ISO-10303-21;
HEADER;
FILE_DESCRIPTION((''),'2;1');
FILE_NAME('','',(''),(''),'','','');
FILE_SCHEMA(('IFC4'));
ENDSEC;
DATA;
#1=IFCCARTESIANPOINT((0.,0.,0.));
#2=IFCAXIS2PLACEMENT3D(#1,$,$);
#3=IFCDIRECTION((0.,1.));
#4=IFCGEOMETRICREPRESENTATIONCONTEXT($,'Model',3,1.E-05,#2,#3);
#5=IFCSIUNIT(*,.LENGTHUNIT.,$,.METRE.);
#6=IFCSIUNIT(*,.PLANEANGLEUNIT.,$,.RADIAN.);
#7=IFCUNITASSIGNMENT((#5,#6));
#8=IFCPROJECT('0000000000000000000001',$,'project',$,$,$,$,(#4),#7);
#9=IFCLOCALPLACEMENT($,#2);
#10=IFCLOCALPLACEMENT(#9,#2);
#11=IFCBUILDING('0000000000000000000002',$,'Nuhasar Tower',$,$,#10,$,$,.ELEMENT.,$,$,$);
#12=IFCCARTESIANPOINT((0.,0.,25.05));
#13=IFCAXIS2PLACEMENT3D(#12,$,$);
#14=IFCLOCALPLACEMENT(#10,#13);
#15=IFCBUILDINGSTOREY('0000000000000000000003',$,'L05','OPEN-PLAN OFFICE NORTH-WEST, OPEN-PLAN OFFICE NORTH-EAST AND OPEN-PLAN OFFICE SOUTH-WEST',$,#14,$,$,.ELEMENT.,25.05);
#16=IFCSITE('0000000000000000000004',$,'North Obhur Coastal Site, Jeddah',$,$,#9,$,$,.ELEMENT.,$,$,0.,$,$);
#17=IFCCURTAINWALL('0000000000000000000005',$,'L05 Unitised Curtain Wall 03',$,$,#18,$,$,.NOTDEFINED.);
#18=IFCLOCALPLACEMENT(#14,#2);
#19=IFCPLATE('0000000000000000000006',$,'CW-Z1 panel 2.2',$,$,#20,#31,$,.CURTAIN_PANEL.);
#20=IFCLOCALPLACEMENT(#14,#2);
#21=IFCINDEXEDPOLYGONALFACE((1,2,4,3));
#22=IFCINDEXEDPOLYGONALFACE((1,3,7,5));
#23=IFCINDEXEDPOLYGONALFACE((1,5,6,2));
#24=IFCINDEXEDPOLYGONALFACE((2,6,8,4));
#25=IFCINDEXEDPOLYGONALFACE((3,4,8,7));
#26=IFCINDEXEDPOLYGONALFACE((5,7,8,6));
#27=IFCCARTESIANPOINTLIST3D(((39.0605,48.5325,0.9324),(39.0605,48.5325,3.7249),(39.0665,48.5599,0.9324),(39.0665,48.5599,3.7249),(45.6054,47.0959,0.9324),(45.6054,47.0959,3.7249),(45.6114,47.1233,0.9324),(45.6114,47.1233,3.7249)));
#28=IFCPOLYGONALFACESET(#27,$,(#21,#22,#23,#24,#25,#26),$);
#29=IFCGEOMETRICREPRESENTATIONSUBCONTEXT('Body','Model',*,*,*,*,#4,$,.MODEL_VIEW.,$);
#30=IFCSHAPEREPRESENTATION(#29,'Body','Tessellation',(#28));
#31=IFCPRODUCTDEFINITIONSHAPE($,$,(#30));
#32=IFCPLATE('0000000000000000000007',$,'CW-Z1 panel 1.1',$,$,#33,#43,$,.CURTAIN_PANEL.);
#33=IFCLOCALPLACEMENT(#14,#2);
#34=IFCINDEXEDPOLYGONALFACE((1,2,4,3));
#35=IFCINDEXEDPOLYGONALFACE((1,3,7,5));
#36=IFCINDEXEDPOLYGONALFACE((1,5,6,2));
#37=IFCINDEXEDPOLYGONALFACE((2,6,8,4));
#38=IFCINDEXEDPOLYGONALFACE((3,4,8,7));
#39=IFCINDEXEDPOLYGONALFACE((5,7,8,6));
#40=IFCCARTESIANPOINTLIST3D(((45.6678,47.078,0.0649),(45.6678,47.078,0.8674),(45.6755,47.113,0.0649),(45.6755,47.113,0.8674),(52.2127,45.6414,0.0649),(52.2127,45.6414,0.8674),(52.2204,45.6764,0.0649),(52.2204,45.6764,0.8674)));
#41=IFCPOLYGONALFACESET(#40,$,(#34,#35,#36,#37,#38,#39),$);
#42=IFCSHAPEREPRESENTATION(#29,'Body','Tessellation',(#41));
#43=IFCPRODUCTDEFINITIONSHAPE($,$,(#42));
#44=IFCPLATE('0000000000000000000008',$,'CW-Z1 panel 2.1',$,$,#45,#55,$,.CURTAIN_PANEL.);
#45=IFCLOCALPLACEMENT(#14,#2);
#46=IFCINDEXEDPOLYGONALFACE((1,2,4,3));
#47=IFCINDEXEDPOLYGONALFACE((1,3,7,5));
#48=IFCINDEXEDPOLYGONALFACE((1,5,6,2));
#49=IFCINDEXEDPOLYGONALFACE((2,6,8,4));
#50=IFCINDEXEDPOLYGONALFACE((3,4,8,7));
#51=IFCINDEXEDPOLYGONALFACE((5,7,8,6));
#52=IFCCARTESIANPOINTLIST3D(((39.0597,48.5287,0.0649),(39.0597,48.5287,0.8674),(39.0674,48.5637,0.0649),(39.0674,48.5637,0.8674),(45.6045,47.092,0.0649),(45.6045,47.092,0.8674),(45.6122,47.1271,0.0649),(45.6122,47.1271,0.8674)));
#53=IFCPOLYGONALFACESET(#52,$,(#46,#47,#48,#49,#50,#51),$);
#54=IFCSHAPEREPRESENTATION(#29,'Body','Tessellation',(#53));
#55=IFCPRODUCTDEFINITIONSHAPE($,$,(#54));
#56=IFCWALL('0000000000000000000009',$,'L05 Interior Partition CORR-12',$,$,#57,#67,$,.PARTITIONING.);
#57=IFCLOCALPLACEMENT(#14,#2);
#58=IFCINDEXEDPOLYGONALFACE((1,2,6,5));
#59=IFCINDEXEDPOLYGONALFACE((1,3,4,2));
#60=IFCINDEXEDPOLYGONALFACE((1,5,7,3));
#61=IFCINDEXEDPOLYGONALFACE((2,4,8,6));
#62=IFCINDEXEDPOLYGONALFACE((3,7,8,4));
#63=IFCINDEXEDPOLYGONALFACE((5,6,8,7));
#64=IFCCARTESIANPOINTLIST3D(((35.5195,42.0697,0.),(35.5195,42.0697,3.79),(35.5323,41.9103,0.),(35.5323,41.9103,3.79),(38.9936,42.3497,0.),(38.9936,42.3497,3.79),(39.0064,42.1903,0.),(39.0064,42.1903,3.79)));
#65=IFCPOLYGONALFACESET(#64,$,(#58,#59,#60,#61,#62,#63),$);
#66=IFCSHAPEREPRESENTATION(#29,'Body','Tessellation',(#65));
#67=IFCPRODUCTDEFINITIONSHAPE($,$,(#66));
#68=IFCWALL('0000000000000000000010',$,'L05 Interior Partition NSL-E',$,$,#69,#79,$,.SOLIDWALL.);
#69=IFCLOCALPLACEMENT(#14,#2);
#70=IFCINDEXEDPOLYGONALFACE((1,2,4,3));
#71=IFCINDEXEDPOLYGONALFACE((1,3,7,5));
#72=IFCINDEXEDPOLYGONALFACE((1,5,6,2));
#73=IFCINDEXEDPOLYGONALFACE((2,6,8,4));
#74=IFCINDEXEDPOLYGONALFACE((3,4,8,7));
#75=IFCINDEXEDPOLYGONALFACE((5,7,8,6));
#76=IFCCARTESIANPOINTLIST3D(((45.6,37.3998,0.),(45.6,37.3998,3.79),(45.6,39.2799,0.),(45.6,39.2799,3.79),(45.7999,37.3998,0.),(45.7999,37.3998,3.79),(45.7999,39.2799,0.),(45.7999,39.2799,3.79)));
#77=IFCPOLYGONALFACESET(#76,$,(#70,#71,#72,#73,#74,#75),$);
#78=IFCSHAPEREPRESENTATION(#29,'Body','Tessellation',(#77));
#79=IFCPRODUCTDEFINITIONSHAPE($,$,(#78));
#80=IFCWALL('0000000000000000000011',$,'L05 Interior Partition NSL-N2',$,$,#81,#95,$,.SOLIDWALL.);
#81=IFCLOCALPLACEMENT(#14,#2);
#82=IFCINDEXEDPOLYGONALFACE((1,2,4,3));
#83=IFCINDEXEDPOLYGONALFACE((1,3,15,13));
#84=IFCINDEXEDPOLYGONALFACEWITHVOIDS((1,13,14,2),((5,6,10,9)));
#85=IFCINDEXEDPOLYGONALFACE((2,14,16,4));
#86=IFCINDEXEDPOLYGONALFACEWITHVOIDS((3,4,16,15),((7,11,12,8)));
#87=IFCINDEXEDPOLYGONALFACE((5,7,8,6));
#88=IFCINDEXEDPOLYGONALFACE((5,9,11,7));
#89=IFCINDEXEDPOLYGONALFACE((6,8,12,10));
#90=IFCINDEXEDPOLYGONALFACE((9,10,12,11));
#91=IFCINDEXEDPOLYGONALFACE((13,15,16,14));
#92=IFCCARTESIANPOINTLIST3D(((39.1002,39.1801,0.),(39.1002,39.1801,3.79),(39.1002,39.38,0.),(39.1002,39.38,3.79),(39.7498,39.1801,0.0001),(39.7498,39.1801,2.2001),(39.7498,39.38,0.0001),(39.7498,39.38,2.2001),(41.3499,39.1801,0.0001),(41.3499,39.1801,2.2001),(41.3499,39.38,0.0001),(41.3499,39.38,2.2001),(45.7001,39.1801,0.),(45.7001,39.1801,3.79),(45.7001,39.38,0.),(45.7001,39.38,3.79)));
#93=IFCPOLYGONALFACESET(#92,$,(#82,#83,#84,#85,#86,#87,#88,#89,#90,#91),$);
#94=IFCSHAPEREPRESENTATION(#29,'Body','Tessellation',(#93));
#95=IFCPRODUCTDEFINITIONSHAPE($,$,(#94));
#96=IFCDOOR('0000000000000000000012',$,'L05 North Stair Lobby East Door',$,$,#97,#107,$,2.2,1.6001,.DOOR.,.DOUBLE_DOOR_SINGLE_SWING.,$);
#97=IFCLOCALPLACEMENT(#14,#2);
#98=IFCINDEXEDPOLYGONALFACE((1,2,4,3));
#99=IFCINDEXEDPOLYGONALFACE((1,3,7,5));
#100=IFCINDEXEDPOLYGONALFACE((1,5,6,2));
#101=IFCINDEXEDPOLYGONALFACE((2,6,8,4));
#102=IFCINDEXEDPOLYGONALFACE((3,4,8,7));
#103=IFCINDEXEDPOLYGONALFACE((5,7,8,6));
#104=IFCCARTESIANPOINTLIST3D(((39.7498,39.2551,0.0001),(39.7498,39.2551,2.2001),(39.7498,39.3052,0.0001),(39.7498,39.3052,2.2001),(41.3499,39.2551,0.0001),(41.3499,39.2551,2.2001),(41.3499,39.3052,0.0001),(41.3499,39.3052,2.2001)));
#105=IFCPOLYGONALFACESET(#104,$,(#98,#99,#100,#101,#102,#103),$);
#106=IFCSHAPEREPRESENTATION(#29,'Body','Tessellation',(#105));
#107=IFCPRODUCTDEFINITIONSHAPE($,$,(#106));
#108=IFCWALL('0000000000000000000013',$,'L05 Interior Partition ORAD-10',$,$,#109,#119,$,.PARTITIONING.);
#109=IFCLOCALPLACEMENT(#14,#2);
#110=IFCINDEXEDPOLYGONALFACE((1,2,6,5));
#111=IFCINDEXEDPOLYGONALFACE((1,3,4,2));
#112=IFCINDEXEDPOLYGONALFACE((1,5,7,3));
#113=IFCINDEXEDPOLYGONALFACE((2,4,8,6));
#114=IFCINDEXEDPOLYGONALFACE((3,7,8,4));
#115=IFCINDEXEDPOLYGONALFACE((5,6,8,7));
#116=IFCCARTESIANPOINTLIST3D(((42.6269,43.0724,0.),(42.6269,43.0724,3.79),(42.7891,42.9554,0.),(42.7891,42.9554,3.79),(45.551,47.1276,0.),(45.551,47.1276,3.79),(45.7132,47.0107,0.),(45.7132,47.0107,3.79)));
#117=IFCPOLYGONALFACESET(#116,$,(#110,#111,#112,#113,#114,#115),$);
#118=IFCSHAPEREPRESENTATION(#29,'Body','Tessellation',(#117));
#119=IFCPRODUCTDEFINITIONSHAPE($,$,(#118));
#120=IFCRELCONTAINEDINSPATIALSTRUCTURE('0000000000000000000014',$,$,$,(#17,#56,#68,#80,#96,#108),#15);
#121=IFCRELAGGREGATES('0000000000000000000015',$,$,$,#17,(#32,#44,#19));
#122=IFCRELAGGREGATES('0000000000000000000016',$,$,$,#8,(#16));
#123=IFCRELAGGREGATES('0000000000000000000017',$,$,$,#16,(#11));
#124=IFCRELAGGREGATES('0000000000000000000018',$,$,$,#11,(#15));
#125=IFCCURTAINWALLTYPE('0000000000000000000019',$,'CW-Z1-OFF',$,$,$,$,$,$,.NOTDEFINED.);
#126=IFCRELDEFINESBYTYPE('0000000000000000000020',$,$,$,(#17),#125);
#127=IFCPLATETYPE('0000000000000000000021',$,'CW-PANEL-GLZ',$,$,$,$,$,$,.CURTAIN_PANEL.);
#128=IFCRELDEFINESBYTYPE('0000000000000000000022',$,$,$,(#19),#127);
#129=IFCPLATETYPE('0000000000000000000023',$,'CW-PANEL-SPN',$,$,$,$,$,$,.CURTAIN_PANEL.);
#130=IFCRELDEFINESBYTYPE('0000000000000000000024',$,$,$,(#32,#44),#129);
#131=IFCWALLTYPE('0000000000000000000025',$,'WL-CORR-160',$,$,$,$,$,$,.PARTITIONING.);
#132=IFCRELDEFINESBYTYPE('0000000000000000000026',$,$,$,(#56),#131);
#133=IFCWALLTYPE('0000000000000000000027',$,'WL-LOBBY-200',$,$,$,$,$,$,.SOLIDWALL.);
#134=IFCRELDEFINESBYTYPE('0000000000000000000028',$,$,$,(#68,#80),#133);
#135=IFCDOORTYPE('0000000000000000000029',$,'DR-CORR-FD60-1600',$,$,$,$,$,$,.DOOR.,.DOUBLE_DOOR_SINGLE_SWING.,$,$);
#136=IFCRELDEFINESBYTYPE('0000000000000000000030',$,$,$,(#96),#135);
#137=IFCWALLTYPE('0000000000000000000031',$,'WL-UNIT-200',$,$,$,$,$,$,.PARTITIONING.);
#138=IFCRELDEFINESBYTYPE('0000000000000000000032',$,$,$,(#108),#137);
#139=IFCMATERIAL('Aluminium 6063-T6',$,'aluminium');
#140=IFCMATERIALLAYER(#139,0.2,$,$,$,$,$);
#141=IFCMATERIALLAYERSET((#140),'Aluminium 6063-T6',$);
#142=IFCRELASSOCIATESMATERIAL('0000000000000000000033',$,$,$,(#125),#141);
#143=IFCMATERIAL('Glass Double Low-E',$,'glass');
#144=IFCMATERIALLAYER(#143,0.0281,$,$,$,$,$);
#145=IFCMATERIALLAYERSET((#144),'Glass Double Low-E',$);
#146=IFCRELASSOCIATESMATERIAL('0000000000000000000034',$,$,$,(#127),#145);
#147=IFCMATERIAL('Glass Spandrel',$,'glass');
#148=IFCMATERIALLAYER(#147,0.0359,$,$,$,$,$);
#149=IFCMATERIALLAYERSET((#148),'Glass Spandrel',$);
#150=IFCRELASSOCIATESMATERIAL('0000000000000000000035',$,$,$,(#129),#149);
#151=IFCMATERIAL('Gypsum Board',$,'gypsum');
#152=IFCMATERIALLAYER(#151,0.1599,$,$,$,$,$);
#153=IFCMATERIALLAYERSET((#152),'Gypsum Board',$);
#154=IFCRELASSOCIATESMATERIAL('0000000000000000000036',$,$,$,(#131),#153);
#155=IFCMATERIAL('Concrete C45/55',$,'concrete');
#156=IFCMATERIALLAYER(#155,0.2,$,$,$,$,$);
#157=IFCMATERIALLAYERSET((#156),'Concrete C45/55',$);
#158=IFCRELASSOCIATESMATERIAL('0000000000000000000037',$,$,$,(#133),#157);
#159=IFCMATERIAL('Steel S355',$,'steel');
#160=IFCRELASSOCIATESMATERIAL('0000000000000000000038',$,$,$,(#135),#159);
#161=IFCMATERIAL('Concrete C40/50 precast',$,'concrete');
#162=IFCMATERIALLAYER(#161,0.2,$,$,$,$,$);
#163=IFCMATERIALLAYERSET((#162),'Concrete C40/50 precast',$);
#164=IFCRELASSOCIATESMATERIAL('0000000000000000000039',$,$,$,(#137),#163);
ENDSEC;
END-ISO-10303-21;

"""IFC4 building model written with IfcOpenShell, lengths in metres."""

from ifc_helpers import new_model, si_unit, direction, frame, frame_2d, origin, origin_2d, place, context, subcontext, project, spatial, rectangle, extrude, material, layer, layer_set, type_object, element, fill, aggregate, save


model = new_model("IFC4")

# Units and contexts
model_context = context("Model", 3, precision=1e-05, world=origin(), true_north=direction((0.0, 1.0)))
body_context = subcontext(model_context, "Body", "Model", "MODEL_VIEW")
ifc_project = project(units=[si_unit("LENGTHUNIT", "METRE"), si_unit("PLANEANGLEUNIT", "RADIAN")], contexts=[model_context])

# Site, building, storey
site_placement = place(None, origin())
site = spatial("IfcSite", under=ifc_project, at=site_placement, Name="North Obhur Coastal Site, Jeddah", CompositionType="ELEMENT", RefElevation=0.0)
building_placement = place(site_placement, origin())
building = spatial("IfcBuilding", under=site, at=building_placement, Name="Nuhasar Tower", CompositionType="ELEMENT")
storey_placement = place(building_placement, frame((0.0, 0.0, 25.05)))
storey = spatial("IfcBuildingStorey", under=building, at=storey_placement, Name="L05", Description="OPEN-PLAN OFFICE NORTH-WEST, OPEN-PLAN OFFICE NORTH-EAST AND OPEN-PLAN OFFICE SOUTH-WEST", CompositionType="ELEMENT", Elevation=25.05)

# Shared definitions
ifc_material_1 = material(Name="Steel S355", Category="steel")

# Curtain wall
ifc_material_2 = material(Name="Aluminium 6063-T6", Category="aluminium")
ifc_layer_1 = layer(ifc_material_2, 0.2)
ifc_layer_set_1 = layer_set([ifc_layer_1], Name="Aluminium 6063-T6")
curtain_wall_type = type_object("IfcCurtainWallType", Name="CW-Z1-OFF", PredefinedType="NOTDEFINED", material=ifc_layer_set_1)
curtain_wall_placement = place(storey_placement, origin())
curtain_wall = element("IfcCurtainWall", 1, at=curtain_wall_placement, inside=storey, type_object=curtain_wall_type, Name="L05 Unitised Curtain Wall 03", PredefinedType="NOTDEFINED")

# Plates
ifc_material_3 = material(Name="Glass Double Low-E", Category="glass")
ifc_layer_2 = layer(ifc_material_3, 0.0281)
ifc_layer_set_2 = layer_set([ifc_layer_2], Name="Glass Double Low-E")
plate_type_1 = type_object("IfcPlateType", Name="CW-PANEL-GLZ", PredefinedType="CURTAIN_PANEL", material=ifc_layer_set_2)
plate_1_placement = place(storey_placement, frame((42.3359, 47.8279, 0.9324), z_axis=(0.0, 0.0, 1.0), x_axis=(-0.976746, 0.214399, 0.0)))
plate_1 = element("IfcPlate", 2, at=plate_1_placement, type_object=plate_type_1, Name="CW-Z1 panel 2.2", PredefinedType="CURTAIN_PANEL", context=body_context, shape_type="SweptSolid", body=[
    extrude(rectangle(XDim=6.7007, YDim=0.0281, at=origin_2d()), origin(), (0.0, 0.0, 1.0), 2.7925),
])
ifc_material_4 = material(Name="Glass Spandrel", Category="glass")
ifc_layer_3 = layer(ifc_material_4, 0.0359)
ifc_layer_set_3 = layer_set([ifc_layer_3], Name="Glass Spandrel")
plate_type_2 = type_object("IfcPlateType", Name="CW-PANEL-SPN", PredefinedType="CURTAIN_PANEL", material=ifc_layer_set_3)
plate_2_placement = place(storey_placement, frame((48.9441, 46.3772, 0.0649), z_axis=(0.0, 0.0, 1.0), x_axis=(-0.976746, 0.214399, 0.0)))
plate_2 = element("IfcPlate", 3, at=plate_2_placement, type_object=plate_type_2, Name="CW-Z1 panel 1.1", PredefinedType="CURTAIN_PANEL", context=body_context, shape_type="SweptSolid", body=[
    extrude(rectangle(XDim=6.7007, YDim=0.0359, at=origin_2d()), origin(), (0.0, 0.0, 1.0), 0.8025),
])
plate_3_placement = place(storey_placement, frame((42.3359, 47.8279, 0.0649), z_axis=(0.0, 0.0, 1.0), x_axis=(-0.976746, 0.214399, 0.0)))
plate_3 = element("IfcPlate", 4, at=plate_3_placement, type_object=plate_type_2, Name="CW-Z1 panel 2.1", PredefinedType="CURTAIN_PANEL", context=body_context, shape_type="SweptSolid", body=[
    extrude(rectangle(XDim=6.7007, YDim=0.0359, at=origin_2d()), origin(), (0.0, 0.0, 1.0), 0.8025),
])
aggregate(curtain_wall, [plate_2, plate_3, plate_1])

# Shared definitions
ifc_material_5 = material(Name="Gypsum Board", Category="gypsum")
ifc_layer_4 = layer(ifc_material_5, 0.1599)
ifc_layer_set_4 = layer_set([ifc_layer_4], Name="Gypsum Board")
wall_type_1 = type_object("IfcWallType", Name="WL-CORR-160", PredefinedType="PARTITIONING", material=ifc_layer_set_4)

# Walls
wall_1_placement = place(storey_placement, frame((39.0, 42.27, 0.0), z_axis=(0.0, 0.0, 1.0), x_axis=(-0.996767, -0.080344, 0.0)))
element("IfcWall", 5, at=wall_1_placement, inside=storey, type_object=wall_type_1, Name="L05 Interior Partition CORR-12", PredefinedType="PARTITIONING", context=body_context, shape_type="SweptSolid", body=[
    extrude(rectangle(XDim=3.4854, YDim=0.1599, at=frame_2d((1.7427, 0.0))), origin(), (0.0, 0.0, 1.0), 3.79),
])
ifc_material_6 = material(Name="Concrete C45/55", Category="concrete")
ifc_layer_5 = layer(ifc_material_6, 0.2)
ifc_layer_set_5 = layer_set([ifc_layer_5], Name="Concrete C45/55")
wall_type_2 = type_object("IfcWallType", Name="WL-LOBBY-200", PredefinedType="SOLIDWALL", material=ifc_layer_set_5)
wall_2_placement = place(storey_placement, frame((45.7, 37.3999, 0.0), z_axis=(0.0, 0.0, 1.0), x_axis=(0.0, 1.0, 0.0)))
element("IfcWall", 6, at=wall_2_placement, inside=storey, type_object=wall_type_2, Name="L05 Interior Partition NSL-E", PredefinedType="SOLIDWALL", context=body_context, shape_type="SweptSolid", body=[
    extrude(rectangle(XDim=1.8801, YDim=0.2, at=frame_2d((0.9399, 0.0))), origin(), (0.0, 0.0, 1.0), 3.79),
])

# Wall, opening, door
wall_3_placement = place(storey_placement, frame((45.7, 39.28, 0.0), z_axis=(0.0, 0.0, 1.0), x_axis=(-1.0, 0.0, 0.0)))
wall_3 = element("IfcWall", 7, at=wall_3_placement, inside=storey, type_object=wall_type_2, Name="L05 Interior Partition NSL-N2", PredefinedType="SOLIDWALL", context=body_context, shape_type="SweptSolid", body=[
    extrude(rectangle(XDim=6.5999, YDim=0.2, at=frame_2d((3.2998, 0.0))), origin(), (0.0, 0.0, 1.0), 3.79),
])
opening_1_placement = place(wall_3_placement, frame((4.3501, 0.0, 0.0)))
opening_1 = element("IfcOpeningElement", 8, at=opening_1_placement, cuts=wall_3, PredefinedType="OPENING", context=body_context, shape_type="SweptSolid", body=[
    extrude(rectangle(XDim=1.6001, YDim=2.2, at=frame_2d((0.8, 1.1001))), frame((0.0, 0.1099, 0.0), z_axis=(0.0, -1.0, 0.0), x_axis=(1.0, 0.0, 0.0)), (0.0, 0.0, 1.0), 0.22),
])
door_type_1 = type_object("IfcDoorType", Name="DR-CORR-FD60-1600", OperationType="DOUBLE_DOOR_SINGLE_SWING", PredefinedType="DOOR", material=ifc_material_1)
door_1_placement = place(opening_1_placement, origin())
door_1 = element("IfcDoor", 9, at=door_1_placement, inside=storey, type_object=door_type_1, Name="L05 North Stair Lobby East Door", OperationType="DOUBLE_DOOR_SINGLE_SWING", OverallHeight=2.2, OverallWidth=1.6001, PredefinedType="DOOR", context=body_context, shape_type="SweptSolid", body=[
    extrude(rectangle(XDim=1.6001, YDim=2.2, at=frame_2d((0.8, 1.1001))), frame((0.0, 0.0249, 0.0), z_axis=(0.0, -1.0, 0.0), x_axis=(1.0, 0.0, 0.0)), (0.0, 0.0, 1.0), 0.05),
])
fill(opening_1, door_1)

# Wall
ifc_material_7 = material(Name="Concrete C40/50 precast", Category="concrete")
ifc_layer_6 = layer(ifc_material_7, 0.2)
ifc_layer_set_6 = layer_set([ifc_layer_6], Name="Concrete C40/50 precast")
wall_type_3 = type_object("IfcWallType", Name="WL-UNIT-200", PredefinedType="PARTITIONING", material=ifc_layer_set_6)
wall_4_placement = place(storey_placement, frame((42.708, 43.0139, 0.0), z_axis=(0.0, 0.0, 1.0), x_axis=(0.584877, 0.811122, 0.0)))
element("IfcWall", 10, at=wall_4_placement, inside=storey, type_object=wall_type_3, Name="L05 Interior Partition ORAD-10", PredefinedType="PARTITIONING", context=body_context, shape_type="SweptSolid", body=[
    extrude(rectangle(XDim=4.9995, YDim=0.2, at=frame_2d((2.4998, 0.0))), origin(), (0.0, 0.0, 1.0), 3.79),
])

save(model, "model.ifc")
